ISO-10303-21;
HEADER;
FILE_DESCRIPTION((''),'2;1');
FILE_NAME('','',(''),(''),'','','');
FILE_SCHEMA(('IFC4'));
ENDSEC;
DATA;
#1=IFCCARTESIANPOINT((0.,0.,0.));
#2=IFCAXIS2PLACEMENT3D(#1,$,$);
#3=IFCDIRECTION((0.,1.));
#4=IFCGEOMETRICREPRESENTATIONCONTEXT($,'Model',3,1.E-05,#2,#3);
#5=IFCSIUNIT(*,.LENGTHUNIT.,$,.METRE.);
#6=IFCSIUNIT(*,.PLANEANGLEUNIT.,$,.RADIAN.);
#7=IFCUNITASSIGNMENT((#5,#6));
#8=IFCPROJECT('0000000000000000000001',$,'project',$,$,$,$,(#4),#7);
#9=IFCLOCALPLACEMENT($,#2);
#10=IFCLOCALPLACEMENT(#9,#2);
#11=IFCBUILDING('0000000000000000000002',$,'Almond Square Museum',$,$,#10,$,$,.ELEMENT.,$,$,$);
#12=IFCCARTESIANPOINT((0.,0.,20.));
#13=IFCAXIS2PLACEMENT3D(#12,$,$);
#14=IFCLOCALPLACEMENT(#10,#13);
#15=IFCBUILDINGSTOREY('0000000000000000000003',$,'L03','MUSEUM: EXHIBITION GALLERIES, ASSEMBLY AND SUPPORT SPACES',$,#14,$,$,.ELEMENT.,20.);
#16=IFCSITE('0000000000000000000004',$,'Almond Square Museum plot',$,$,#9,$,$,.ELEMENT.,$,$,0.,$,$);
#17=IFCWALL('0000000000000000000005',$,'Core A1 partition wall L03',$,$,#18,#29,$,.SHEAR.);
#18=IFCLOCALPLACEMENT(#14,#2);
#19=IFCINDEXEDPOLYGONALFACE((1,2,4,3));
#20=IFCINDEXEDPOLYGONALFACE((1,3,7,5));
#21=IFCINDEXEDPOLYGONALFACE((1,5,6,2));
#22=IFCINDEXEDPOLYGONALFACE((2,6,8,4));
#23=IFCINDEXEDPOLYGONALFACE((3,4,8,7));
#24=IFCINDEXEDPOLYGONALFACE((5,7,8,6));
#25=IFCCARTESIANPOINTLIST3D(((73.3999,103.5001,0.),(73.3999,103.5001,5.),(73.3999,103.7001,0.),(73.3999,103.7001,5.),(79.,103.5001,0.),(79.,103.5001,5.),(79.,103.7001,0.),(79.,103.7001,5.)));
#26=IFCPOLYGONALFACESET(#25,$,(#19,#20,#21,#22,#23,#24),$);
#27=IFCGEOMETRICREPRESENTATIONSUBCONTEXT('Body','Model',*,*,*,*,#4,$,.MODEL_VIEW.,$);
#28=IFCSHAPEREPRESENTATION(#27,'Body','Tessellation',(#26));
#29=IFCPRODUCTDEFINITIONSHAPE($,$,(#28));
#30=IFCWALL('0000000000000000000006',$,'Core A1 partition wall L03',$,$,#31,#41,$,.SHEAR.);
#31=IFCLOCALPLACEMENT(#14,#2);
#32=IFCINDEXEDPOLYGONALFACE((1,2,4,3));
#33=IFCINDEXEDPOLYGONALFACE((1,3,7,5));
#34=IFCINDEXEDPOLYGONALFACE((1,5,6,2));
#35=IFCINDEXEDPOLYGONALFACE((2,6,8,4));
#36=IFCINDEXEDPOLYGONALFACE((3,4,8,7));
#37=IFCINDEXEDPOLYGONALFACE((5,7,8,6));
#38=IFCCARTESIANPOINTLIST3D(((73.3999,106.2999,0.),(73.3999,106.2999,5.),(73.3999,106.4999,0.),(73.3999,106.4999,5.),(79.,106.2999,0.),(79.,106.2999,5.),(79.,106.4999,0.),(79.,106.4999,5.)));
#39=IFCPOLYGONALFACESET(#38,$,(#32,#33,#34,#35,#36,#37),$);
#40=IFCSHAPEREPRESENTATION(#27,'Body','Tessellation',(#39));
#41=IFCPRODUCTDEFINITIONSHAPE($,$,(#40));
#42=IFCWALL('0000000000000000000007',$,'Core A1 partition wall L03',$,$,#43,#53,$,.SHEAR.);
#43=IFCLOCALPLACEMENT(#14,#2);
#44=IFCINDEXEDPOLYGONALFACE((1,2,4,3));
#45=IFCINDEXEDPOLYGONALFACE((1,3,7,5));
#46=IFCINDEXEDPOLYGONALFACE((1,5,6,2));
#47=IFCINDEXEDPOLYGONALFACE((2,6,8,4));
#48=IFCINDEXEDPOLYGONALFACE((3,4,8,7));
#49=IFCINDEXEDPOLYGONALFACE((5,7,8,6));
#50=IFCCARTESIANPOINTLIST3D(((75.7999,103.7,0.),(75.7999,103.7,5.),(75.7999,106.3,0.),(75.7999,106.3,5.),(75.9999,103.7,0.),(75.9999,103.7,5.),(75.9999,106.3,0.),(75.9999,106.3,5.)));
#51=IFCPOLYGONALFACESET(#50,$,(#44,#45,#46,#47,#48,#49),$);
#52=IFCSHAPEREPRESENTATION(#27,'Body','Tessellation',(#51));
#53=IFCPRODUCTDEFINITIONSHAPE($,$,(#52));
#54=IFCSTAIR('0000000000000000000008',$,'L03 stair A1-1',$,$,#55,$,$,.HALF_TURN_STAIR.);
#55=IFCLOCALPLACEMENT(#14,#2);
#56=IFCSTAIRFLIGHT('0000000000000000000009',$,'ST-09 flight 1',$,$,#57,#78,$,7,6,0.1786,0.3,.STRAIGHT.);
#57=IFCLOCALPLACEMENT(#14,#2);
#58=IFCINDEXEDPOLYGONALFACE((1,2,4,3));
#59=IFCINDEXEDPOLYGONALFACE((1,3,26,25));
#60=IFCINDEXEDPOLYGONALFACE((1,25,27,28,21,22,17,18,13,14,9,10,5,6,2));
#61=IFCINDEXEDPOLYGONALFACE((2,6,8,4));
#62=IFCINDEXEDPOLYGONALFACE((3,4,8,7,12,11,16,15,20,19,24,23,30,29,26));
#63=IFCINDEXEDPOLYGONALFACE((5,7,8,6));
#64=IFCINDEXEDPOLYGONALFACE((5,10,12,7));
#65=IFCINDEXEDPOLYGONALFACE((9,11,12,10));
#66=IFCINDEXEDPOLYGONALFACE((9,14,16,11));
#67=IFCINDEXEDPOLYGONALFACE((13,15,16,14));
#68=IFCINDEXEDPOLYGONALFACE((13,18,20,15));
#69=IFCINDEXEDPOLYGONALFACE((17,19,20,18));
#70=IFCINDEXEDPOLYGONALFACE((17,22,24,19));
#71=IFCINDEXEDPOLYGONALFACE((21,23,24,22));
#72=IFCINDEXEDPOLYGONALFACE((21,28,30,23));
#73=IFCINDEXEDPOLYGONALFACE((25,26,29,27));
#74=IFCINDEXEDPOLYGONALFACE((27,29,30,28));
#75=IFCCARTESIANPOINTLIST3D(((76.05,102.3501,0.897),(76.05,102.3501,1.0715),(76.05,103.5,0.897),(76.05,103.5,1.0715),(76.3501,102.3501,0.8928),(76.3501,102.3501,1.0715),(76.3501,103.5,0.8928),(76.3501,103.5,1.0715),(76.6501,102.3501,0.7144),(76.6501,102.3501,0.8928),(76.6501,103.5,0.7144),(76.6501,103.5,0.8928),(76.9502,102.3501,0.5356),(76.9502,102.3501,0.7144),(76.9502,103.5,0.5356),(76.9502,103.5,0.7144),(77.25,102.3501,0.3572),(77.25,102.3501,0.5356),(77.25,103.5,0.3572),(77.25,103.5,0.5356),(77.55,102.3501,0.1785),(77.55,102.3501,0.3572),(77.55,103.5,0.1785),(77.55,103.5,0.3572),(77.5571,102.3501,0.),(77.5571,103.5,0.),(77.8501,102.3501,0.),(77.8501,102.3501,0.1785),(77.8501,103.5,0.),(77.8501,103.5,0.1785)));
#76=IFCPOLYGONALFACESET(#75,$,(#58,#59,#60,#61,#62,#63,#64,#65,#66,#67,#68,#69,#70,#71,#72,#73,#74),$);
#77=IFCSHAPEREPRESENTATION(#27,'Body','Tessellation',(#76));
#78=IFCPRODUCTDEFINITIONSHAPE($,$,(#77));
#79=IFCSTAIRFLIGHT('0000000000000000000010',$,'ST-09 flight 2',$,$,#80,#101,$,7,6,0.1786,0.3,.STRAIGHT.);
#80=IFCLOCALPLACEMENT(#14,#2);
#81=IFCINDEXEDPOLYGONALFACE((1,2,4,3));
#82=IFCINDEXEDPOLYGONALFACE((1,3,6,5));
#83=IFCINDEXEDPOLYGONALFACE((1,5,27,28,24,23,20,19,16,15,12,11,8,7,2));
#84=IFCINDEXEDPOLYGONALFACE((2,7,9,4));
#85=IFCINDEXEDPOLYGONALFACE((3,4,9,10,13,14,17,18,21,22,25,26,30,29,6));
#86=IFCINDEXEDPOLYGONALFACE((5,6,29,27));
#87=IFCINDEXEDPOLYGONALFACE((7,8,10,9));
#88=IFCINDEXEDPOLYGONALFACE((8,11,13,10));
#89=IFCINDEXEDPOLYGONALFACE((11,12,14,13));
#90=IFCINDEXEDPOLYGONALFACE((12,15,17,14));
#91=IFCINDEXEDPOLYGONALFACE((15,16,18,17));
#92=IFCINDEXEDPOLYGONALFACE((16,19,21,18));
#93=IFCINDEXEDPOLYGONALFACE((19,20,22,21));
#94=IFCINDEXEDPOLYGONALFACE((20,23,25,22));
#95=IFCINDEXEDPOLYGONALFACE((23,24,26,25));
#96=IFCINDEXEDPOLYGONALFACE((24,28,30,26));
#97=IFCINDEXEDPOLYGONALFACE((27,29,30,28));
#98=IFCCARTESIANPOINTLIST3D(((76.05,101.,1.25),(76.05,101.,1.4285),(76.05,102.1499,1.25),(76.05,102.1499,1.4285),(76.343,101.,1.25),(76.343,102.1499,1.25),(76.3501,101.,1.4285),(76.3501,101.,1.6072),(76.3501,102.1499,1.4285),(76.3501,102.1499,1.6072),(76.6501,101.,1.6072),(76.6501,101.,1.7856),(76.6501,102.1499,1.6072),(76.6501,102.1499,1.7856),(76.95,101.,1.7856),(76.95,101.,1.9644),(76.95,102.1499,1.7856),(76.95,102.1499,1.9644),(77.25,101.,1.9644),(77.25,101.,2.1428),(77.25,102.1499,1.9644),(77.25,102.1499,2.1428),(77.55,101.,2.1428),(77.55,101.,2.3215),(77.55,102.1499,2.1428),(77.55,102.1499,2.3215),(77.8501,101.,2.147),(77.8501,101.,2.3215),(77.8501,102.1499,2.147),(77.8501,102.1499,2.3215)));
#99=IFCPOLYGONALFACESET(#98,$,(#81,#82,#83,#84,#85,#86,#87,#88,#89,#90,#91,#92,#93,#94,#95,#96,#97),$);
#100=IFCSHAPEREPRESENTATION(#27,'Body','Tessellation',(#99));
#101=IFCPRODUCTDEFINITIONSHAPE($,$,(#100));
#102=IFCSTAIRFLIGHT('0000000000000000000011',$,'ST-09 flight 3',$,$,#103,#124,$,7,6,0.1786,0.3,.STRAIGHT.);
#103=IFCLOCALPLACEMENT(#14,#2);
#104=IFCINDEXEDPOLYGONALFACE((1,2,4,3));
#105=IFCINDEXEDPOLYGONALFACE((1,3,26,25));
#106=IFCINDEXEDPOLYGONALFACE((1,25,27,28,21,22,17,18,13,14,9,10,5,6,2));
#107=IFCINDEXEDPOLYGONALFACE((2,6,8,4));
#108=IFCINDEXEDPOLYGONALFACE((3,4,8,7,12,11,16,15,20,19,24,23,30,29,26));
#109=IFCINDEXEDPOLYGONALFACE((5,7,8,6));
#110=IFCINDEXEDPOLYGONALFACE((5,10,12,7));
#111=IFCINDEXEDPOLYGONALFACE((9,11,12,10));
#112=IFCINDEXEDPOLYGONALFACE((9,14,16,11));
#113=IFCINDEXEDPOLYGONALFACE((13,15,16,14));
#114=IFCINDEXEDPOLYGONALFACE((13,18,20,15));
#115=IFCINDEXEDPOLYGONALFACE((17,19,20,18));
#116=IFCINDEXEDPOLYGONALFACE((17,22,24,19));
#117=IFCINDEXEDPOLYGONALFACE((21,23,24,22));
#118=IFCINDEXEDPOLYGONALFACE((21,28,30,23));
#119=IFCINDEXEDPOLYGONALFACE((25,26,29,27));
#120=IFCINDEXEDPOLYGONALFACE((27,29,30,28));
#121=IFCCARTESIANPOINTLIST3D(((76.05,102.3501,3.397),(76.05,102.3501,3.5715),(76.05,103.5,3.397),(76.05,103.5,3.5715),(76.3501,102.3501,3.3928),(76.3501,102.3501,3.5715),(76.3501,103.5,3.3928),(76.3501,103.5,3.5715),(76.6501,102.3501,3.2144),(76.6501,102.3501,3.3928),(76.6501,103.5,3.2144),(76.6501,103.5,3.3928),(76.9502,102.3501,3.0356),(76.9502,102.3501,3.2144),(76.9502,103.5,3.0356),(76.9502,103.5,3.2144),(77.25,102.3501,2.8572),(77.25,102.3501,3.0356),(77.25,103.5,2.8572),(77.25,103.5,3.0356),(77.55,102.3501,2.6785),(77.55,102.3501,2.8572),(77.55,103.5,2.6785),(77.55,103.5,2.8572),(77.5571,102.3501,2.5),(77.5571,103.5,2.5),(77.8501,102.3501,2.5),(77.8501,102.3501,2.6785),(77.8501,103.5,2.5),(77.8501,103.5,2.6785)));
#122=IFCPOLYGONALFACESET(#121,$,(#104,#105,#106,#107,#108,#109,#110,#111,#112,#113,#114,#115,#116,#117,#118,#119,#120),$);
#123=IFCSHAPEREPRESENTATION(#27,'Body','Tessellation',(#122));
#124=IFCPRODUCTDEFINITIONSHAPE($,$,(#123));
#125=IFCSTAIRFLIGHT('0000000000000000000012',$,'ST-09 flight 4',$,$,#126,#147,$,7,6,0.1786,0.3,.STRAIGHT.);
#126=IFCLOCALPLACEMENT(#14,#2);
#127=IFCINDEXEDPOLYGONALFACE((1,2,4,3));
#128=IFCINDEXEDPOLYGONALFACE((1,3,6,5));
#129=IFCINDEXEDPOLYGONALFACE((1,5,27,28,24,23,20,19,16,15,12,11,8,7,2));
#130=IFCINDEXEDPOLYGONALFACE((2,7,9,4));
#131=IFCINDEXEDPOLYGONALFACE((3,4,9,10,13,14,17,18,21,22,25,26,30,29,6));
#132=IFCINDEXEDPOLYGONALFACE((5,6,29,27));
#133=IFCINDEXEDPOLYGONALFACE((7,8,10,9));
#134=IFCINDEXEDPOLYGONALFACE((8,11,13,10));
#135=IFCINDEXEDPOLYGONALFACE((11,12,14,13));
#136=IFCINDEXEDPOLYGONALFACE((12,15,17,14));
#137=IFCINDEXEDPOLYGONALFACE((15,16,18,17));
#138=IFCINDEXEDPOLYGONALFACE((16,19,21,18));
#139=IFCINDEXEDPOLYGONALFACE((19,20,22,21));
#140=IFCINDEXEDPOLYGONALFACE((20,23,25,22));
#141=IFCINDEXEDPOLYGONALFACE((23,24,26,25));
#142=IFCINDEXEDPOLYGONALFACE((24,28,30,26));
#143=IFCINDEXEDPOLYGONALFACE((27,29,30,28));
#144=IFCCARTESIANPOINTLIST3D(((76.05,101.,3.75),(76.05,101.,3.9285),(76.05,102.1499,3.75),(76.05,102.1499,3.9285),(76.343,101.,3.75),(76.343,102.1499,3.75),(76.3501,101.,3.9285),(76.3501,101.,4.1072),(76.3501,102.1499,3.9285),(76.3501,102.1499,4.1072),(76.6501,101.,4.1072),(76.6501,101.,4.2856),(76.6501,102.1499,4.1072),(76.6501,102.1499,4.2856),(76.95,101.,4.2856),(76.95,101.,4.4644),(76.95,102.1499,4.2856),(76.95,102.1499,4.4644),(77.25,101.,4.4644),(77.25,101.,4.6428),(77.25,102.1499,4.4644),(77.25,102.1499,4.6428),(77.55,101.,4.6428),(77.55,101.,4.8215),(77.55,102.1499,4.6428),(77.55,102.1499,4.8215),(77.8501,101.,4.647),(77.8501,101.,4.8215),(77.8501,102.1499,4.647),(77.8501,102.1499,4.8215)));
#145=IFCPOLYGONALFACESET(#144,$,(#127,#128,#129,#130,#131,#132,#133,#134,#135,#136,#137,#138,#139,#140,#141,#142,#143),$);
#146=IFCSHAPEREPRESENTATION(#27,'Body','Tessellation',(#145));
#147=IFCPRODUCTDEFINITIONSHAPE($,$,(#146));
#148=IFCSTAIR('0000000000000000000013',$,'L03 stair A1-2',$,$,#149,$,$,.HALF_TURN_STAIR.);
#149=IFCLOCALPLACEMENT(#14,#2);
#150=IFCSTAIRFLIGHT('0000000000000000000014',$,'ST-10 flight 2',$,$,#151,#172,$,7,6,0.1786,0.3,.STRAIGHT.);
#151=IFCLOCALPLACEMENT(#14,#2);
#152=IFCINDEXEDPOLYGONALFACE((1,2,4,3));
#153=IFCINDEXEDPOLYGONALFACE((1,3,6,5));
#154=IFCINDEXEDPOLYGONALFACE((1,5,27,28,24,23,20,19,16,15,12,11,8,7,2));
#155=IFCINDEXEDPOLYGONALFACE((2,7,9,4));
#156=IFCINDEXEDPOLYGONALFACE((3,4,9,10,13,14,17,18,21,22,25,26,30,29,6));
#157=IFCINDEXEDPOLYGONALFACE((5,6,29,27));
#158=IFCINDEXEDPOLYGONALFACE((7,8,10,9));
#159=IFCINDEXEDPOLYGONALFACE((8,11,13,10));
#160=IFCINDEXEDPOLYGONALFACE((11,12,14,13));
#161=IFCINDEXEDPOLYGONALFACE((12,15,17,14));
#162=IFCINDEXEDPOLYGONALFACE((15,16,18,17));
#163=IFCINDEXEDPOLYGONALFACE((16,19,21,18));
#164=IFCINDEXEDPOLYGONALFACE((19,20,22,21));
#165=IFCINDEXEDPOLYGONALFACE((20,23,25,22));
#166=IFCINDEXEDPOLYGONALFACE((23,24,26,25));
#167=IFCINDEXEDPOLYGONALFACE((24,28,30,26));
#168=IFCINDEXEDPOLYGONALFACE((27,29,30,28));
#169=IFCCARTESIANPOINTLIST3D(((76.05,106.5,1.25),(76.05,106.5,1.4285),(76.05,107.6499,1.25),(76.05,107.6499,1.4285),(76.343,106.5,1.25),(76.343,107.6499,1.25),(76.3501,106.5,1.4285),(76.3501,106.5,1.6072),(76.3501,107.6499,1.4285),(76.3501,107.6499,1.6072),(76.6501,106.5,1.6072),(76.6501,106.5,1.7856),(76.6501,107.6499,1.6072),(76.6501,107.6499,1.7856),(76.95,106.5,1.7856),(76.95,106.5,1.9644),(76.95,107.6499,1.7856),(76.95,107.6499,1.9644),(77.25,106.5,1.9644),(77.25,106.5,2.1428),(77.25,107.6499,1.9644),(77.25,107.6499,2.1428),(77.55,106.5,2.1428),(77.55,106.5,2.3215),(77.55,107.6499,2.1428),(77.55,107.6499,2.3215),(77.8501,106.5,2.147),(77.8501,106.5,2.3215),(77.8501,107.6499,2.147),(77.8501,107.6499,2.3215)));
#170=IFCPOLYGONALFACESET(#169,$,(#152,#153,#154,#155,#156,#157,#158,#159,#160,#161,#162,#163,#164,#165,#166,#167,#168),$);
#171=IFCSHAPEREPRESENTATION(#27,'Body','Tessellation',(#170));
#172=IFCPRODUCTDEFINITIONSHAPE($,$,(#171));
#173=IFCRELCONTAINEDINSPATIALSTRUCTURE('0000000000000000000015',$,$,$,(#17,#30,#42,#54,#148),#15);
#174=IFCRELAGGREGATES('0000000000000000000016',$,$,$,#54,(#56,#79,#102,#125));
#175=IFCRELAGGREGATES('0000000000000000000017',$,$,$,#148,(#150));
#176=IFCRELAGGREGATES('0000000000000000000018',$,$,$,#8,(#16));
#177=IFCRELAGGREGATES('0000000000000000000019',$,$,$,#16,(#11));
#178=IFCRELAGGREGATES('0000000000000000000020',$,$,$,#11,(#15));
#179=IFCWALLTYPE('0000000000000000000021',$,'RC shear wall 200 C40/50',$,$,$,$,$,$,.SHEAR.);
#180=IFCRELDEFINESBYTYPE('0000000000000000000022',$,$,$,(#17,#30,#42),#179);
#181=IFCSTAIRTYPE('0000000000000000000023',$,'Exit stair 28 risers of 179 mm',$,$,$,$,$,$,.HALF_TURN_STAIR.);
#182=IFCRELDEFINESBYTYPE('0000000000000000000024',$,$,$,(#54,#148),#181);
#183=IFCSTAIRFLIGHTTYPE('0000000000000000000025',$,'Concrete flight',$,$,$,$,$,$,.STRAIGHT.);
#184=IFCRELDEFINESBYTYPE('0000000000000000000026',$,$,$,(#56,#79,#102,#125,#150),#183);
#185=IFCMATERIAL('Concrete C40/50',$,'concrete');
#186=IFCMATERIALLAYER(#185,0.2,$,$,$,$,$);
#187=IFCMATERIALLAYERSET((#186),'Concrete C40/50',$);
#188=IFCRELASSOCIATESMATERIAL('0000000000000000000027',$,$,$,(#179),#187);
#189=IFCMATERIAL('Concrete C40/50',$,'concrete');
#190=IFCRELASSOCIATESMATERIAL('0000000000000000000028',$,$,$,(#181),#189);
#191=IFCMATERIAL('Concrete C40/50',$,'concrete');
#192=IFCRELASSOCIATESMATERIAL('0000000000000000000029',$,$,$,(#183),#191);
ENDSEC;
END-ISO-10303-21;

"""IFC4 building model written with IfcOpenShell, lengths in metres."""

from ifc_helpers import new_model, si_unit, direction, frame, frame_2d, origin, place, context, subcontext, project, spatial, polyline, rectangle, outline, extrude, material, layer, layer_set, type_object, element, aggregate, save


model = new_model("IFC4")

# Units and contexts
model_context = context("Model", 3, precision=1e-05, world=origin(), true_north=direction((0.0, 1.0)))
body_context = subcontext(model_context, "Body", "Model", "MODEL_VIEW")
ifc_project = project(units=[si_unit("LENGTHUNIT", "METRE"), si_unit("PLANEANGLEUNIT", "RADIAN")], contexts=[model_context])

# Site, building, storey
site_placement = place(None, origin())
site = spatial("IfcSite", under=ifc_project, at=site_placement, Name="Almond Square Museum plot", CompositionType="ELEMENT", RefElevation=0.0)
building_placement = place(site_placement, origin())
building = spatial("IfcBuilding", under=site, at=building_placement, Name="Almond Square Museum", CompositionType="ELEMENT")
storey_placement = place(building_placement, frame((0.0, 0.0, 20.0)))
storey = spatial("IfcBuildingStorey", under=building, at=storey_placement, Name="L03", Description="MUSEUM: EXHIBITION GALLERIES, ASSEMBLY AND SUPPORT SPACES", CompositionType="ELEMENT", Elevation=20.0)

# Walls
ifc_material_1 = material(Name="Concrete C40/50", Category="concrete")
ifc_layer = layer(ifc_material_1, 0.2)
ifc_layer_set = layer_set([ifc_layer], Name="Concrete C40/50")
wall_type = type_object("IfcWallType", Name="RC shear wall 200 C40/50", PredefinedType="SHEAR", material=ifc_layer_set)
for number, where, z_axis, x_axis, name in (
    (1, (73.3999, 103.6001, 0.0), (0.0, 0.0, 1.0), (1.0, 0.0, 0.0), "Core A1 partition wall L03"),
    (2, (73.3999, 106.3999, 0.0), (0.0, 0.0, 1.0), (1.0, 0.0, 0.0), "Core A1 partition wall L03"),
):
    element("IfcWall", number, at=place(storey_placement, frame(where, z_axis=z_axis, x_axis=x_axis)), inside=storey, type_object=wall_type, Name=name, PredefinedType="SHEAR", context=body_context, shape_type="SweptSolid", body=[
        extrude(rectangle(XDim=5.6001, YDim=0.2, at=frame_2d((2.8, 0.0))), origin(), (0.0, 0.0, 1.0), 5.0),
    ])
wall_placement = place(storey_placement, frame((75.8999, 103.7, 0.0), z_axis=(0.0, 0.0, 1.0), x_axis=(0.0, 1.0, 0.0)))
element("IfcWall", 3, at=wall_placement, inside=storey, type_object=wall_type, Name="Core A1 partition wall L03", PredefinedType="SHEAR", context=body_context, shape_type="SweptSolid", body=[
    extrude(rectangle(XDim=2.6001, YDim=0.2, at=frame_2d((1.3, 0.0))), origin(), (0.0, 0.0, 1.0), 5.0),
])

# Stair, stair flights
ifc_material_2 = material(Name="Concrete C40/50", Category="concrete")
stair_type = type_object("IfcStairType", Name="Exit stair 28 risers of 179 mm", PredefinedType="HALF_TURN_STAIR", material=ifc_material_2)
stair_1_placement = place(storey_placement, origin())
stair_1 = element("IfcStair", 4, at=stair_1_placement, inside=storey, type_object=stair_type, Name="L03 stair A1-1", PredefinedType="HALF_TURN_STAIR")
ifc_material_3 = material(Name="Concrete C40/50", Category="concrete")
stair_flight_type = type_object("IfcStairFlightType", Name="Concrete flight", PredefinedType="STRAIGHT", material=ifc_material_3)
stair_flight_1_placement = place(storey_placement, frame((77.8501, 102.925, 0.0), z_axis=(0.0, 0.0, 1.0), x_axis=(-1.0, 0.0, 0.0)))
stair_flight_1 = element("IfcStairFlight", 5, at=stair_flight_1_placement, type_object=stair_flight_type, Name="ST-09 flight 1", NumberOfRisers=7, NumberOfTreads=6, PredefinedType="STRAIGHT", RiserHeight=0.1786, TreadLength=0.3, context=body_context, shape_type="SweptSolid", body=[
    extrude(outline(polyline([(0.0, 0.0), (0.0, 0.1785), (0.3, 0.1785), (0.3, 0.3572), (0.6001, 0.3572), (0.6001, 0.5356), (0.8999, 0.5356), (0.8999, 0.7144), (1.2, 0.7144), (1.2, 0.8928), (1.5, 0.8928), (1.5, 1.0715), (1.8, 1.0715), (1.8, 1.25), (1.8, 0.897), (0.293, 0.0), (0.0, 0.0)])), frame((0.0, 0.575, 0.0), z_axis=(0.0, -1.0, 0.0), x_axis=(1.0, 0.0, 0.0)), (0.0, 0.0, 1.0), 1.1499),
])
stair_flight_2_placement = place(storey_placement, frame((76.05, 101.575, 1.25), z_axis=(0.0, 0.0, 1.0), x_axis=(1.0, 0.0, 0.0)))
stair_flight_2 = element("IfcStairFlight", 6, at=stair_flight_2_placement, type_object=stair_flight_type, Name="ST-09 flight 2", NumberOfRisers=7, NumberOfTreads=6, PredefinedType="STRAIGHT", RiserHeight=0.1786, TreadLength=0.3, context=body_context, shape_type="SweptSolid", body=[
    extrude(outline(polyline([(0.0, 0.0), (0.0, 0.1785), (0.3, 0.1785), (0.3, 0.3572), (0.6001, 0.3572), (0.6001, 0.5356), (0.8999, 0.5356), (0.8999, 0.7144), (1.2, 0.7144), (1.2, 0.8928), (1.5, 0.8928), (1.5, 1.0715), (1.8, 1.0715), (1.8, 1.25), (1.8, 0.897), (0.293, 0.0), (0.0, 0.0)])), frame((0.0, 0.575, 0.0), z_axis=(0.0, -1.0, 0.0), x_axis=(1.0, 0.0, 0.0)), (0.0, 0.0, 1.0), 1.1499),
])
stair_flight_3_placement = place(storey_placement, frame((77.8501, 102.925, 2.5), z_axis=(0.0, 0.0, 1.0), x_axis=(-1.0, 0.0, 0.0)))
stair_flight_3 = element("IfcStairFlight", 7, at=stair_flight_3_placement, type_object=stair_flight_type, Name="ST-09 flight 3", NumberOfRisers=7, NumberOfTreads=6, PredefinedType="STRAIGHT", RiserHeight=0.1786, TreadLength=0.3, context=body_context, shape_type="SweptSolid", body=[
    extrude(outline(polyline([(0.0, 0.0), (0.0, 0.1785), (0.3, 0.1785), (0.3, 0.3572), (0.6001, 0.3572), (0.6001, 0.5356), (0.8999, 0.5356), (0.8999, 0.7144), (1.2, 0.7144), (1.2, 0.8928), (1.5, 0.8928), (1.5, 1.0715), (1.8, 1.0715), (1.8, 1.25), (1.8, 0.897), (0.293, 0.0), (0.0, 0.0)])), frame((0.0, 0.575, 0.0), z_axis=(0.0, -1.0, 0.0), x_axis=(1.0, 0.0, 0.0)), (0.0, 0.0, 1.0), 1.1499),
])
stair_flight_4_placement = place(storey_placement, frame((76.05, 101.575, 3.75), z_axis=(0.0, 0.0, 1.0), x_axis=(1.0, 0.0, 0.0)))
stair_flight_4 = element("IfcStairFlight", 8, at=stair_flight_4_placement, type_object=stair_flight_type, Name="ST-09 flight 4", NumberOfRisers=7, NumberOfTreads=6, PredefinedType="STRAIGHT", RiserHeight=0.1786, TreadLength=0.3, context=body_context, shape_type="SweptSolid", body=[
    extrude(outline(polyline([(0.0, 0.0), (0.0, 0.1785), (0.3, 0.1785), (0.3, 0.3572), (0.6001, 0.3572), (0.6001, 0.5356), (0.8999, 0.5356), (0.8999, 0.7144), (1.2, 0.7144), (1.2, 0.8928), (1.5, 0.8928), (1.5, 1.0715), (1.8, 1.0715), (1.8, 1.25), (1.8, 0.897), (0.293, 0.0), (0.0, 0.0)])), frame((0.0, 0.575, 0.0), z_axis=(0.0, -1.0, 0.0), x_axis=(1.0, 0.0, 0.0)), (0.0, 0.0, 1.0), 1.1499),
])
aggregate(stair_1, [stair_flight_1, stair_flight_2, stair_flight_3, stair_flight_4])

# Stair, stair flight
stair_2_placement = place(storey_placement, origin())
stair_2 = element("IfcStair", 9, at=stair_2_placement, inside=storey, type_object=stair_type, Name="L03 stair A1-2", PredefinedType="HALF_TURN_STAIR")
stair_flight_5_placement = place(storey_placement, frame((76.05, 107.075, 1.25), z_axis=(0.0, 0.0, 1.0), x_axis=(1.0, 0.0, 0.0)))
stair_flight_5 = element("IfcStairFlight", 10, at=stair_flight_5_placement, type_object=stair_flight_type, Name="ST-10 flight 2", NumberOfRisers=7, NumberOfTreads=6, PredefinedType="STRAIGHT", RiserHeight=0.1786, TreadLength=0.3, context=body_context, shape_type="SweptSolid", body=[
    extrude(outline(polyline([(0.0, 0.0), (0.0, 0.1785), (0.3, 0.1785), (0.3, 0.3572), (0.6001, 0.3572), (0.6001, 0.5356), (0.8999, 0.5356), (0.8999, 0.7144), (1.2, 0.7144), (1.2, 0.8928), (1.5, 0.8928), (1.5, 1.0715), (1.8, 1.0715), (1.8, 1.25), (1.8, 0.897), (0.293, 0.0), (0.0, 0.0)])), frame((0.0, 0.575, 0.0), z_axis=(0.0, -1.0, 0.0), x_axis=(1.0, 0.0, 0.0)), (0.0, 0.0, 1.0), 1.1499),
])
aggregate(stair_2, [stair_flight_5])

save(model, "model.ifc")
